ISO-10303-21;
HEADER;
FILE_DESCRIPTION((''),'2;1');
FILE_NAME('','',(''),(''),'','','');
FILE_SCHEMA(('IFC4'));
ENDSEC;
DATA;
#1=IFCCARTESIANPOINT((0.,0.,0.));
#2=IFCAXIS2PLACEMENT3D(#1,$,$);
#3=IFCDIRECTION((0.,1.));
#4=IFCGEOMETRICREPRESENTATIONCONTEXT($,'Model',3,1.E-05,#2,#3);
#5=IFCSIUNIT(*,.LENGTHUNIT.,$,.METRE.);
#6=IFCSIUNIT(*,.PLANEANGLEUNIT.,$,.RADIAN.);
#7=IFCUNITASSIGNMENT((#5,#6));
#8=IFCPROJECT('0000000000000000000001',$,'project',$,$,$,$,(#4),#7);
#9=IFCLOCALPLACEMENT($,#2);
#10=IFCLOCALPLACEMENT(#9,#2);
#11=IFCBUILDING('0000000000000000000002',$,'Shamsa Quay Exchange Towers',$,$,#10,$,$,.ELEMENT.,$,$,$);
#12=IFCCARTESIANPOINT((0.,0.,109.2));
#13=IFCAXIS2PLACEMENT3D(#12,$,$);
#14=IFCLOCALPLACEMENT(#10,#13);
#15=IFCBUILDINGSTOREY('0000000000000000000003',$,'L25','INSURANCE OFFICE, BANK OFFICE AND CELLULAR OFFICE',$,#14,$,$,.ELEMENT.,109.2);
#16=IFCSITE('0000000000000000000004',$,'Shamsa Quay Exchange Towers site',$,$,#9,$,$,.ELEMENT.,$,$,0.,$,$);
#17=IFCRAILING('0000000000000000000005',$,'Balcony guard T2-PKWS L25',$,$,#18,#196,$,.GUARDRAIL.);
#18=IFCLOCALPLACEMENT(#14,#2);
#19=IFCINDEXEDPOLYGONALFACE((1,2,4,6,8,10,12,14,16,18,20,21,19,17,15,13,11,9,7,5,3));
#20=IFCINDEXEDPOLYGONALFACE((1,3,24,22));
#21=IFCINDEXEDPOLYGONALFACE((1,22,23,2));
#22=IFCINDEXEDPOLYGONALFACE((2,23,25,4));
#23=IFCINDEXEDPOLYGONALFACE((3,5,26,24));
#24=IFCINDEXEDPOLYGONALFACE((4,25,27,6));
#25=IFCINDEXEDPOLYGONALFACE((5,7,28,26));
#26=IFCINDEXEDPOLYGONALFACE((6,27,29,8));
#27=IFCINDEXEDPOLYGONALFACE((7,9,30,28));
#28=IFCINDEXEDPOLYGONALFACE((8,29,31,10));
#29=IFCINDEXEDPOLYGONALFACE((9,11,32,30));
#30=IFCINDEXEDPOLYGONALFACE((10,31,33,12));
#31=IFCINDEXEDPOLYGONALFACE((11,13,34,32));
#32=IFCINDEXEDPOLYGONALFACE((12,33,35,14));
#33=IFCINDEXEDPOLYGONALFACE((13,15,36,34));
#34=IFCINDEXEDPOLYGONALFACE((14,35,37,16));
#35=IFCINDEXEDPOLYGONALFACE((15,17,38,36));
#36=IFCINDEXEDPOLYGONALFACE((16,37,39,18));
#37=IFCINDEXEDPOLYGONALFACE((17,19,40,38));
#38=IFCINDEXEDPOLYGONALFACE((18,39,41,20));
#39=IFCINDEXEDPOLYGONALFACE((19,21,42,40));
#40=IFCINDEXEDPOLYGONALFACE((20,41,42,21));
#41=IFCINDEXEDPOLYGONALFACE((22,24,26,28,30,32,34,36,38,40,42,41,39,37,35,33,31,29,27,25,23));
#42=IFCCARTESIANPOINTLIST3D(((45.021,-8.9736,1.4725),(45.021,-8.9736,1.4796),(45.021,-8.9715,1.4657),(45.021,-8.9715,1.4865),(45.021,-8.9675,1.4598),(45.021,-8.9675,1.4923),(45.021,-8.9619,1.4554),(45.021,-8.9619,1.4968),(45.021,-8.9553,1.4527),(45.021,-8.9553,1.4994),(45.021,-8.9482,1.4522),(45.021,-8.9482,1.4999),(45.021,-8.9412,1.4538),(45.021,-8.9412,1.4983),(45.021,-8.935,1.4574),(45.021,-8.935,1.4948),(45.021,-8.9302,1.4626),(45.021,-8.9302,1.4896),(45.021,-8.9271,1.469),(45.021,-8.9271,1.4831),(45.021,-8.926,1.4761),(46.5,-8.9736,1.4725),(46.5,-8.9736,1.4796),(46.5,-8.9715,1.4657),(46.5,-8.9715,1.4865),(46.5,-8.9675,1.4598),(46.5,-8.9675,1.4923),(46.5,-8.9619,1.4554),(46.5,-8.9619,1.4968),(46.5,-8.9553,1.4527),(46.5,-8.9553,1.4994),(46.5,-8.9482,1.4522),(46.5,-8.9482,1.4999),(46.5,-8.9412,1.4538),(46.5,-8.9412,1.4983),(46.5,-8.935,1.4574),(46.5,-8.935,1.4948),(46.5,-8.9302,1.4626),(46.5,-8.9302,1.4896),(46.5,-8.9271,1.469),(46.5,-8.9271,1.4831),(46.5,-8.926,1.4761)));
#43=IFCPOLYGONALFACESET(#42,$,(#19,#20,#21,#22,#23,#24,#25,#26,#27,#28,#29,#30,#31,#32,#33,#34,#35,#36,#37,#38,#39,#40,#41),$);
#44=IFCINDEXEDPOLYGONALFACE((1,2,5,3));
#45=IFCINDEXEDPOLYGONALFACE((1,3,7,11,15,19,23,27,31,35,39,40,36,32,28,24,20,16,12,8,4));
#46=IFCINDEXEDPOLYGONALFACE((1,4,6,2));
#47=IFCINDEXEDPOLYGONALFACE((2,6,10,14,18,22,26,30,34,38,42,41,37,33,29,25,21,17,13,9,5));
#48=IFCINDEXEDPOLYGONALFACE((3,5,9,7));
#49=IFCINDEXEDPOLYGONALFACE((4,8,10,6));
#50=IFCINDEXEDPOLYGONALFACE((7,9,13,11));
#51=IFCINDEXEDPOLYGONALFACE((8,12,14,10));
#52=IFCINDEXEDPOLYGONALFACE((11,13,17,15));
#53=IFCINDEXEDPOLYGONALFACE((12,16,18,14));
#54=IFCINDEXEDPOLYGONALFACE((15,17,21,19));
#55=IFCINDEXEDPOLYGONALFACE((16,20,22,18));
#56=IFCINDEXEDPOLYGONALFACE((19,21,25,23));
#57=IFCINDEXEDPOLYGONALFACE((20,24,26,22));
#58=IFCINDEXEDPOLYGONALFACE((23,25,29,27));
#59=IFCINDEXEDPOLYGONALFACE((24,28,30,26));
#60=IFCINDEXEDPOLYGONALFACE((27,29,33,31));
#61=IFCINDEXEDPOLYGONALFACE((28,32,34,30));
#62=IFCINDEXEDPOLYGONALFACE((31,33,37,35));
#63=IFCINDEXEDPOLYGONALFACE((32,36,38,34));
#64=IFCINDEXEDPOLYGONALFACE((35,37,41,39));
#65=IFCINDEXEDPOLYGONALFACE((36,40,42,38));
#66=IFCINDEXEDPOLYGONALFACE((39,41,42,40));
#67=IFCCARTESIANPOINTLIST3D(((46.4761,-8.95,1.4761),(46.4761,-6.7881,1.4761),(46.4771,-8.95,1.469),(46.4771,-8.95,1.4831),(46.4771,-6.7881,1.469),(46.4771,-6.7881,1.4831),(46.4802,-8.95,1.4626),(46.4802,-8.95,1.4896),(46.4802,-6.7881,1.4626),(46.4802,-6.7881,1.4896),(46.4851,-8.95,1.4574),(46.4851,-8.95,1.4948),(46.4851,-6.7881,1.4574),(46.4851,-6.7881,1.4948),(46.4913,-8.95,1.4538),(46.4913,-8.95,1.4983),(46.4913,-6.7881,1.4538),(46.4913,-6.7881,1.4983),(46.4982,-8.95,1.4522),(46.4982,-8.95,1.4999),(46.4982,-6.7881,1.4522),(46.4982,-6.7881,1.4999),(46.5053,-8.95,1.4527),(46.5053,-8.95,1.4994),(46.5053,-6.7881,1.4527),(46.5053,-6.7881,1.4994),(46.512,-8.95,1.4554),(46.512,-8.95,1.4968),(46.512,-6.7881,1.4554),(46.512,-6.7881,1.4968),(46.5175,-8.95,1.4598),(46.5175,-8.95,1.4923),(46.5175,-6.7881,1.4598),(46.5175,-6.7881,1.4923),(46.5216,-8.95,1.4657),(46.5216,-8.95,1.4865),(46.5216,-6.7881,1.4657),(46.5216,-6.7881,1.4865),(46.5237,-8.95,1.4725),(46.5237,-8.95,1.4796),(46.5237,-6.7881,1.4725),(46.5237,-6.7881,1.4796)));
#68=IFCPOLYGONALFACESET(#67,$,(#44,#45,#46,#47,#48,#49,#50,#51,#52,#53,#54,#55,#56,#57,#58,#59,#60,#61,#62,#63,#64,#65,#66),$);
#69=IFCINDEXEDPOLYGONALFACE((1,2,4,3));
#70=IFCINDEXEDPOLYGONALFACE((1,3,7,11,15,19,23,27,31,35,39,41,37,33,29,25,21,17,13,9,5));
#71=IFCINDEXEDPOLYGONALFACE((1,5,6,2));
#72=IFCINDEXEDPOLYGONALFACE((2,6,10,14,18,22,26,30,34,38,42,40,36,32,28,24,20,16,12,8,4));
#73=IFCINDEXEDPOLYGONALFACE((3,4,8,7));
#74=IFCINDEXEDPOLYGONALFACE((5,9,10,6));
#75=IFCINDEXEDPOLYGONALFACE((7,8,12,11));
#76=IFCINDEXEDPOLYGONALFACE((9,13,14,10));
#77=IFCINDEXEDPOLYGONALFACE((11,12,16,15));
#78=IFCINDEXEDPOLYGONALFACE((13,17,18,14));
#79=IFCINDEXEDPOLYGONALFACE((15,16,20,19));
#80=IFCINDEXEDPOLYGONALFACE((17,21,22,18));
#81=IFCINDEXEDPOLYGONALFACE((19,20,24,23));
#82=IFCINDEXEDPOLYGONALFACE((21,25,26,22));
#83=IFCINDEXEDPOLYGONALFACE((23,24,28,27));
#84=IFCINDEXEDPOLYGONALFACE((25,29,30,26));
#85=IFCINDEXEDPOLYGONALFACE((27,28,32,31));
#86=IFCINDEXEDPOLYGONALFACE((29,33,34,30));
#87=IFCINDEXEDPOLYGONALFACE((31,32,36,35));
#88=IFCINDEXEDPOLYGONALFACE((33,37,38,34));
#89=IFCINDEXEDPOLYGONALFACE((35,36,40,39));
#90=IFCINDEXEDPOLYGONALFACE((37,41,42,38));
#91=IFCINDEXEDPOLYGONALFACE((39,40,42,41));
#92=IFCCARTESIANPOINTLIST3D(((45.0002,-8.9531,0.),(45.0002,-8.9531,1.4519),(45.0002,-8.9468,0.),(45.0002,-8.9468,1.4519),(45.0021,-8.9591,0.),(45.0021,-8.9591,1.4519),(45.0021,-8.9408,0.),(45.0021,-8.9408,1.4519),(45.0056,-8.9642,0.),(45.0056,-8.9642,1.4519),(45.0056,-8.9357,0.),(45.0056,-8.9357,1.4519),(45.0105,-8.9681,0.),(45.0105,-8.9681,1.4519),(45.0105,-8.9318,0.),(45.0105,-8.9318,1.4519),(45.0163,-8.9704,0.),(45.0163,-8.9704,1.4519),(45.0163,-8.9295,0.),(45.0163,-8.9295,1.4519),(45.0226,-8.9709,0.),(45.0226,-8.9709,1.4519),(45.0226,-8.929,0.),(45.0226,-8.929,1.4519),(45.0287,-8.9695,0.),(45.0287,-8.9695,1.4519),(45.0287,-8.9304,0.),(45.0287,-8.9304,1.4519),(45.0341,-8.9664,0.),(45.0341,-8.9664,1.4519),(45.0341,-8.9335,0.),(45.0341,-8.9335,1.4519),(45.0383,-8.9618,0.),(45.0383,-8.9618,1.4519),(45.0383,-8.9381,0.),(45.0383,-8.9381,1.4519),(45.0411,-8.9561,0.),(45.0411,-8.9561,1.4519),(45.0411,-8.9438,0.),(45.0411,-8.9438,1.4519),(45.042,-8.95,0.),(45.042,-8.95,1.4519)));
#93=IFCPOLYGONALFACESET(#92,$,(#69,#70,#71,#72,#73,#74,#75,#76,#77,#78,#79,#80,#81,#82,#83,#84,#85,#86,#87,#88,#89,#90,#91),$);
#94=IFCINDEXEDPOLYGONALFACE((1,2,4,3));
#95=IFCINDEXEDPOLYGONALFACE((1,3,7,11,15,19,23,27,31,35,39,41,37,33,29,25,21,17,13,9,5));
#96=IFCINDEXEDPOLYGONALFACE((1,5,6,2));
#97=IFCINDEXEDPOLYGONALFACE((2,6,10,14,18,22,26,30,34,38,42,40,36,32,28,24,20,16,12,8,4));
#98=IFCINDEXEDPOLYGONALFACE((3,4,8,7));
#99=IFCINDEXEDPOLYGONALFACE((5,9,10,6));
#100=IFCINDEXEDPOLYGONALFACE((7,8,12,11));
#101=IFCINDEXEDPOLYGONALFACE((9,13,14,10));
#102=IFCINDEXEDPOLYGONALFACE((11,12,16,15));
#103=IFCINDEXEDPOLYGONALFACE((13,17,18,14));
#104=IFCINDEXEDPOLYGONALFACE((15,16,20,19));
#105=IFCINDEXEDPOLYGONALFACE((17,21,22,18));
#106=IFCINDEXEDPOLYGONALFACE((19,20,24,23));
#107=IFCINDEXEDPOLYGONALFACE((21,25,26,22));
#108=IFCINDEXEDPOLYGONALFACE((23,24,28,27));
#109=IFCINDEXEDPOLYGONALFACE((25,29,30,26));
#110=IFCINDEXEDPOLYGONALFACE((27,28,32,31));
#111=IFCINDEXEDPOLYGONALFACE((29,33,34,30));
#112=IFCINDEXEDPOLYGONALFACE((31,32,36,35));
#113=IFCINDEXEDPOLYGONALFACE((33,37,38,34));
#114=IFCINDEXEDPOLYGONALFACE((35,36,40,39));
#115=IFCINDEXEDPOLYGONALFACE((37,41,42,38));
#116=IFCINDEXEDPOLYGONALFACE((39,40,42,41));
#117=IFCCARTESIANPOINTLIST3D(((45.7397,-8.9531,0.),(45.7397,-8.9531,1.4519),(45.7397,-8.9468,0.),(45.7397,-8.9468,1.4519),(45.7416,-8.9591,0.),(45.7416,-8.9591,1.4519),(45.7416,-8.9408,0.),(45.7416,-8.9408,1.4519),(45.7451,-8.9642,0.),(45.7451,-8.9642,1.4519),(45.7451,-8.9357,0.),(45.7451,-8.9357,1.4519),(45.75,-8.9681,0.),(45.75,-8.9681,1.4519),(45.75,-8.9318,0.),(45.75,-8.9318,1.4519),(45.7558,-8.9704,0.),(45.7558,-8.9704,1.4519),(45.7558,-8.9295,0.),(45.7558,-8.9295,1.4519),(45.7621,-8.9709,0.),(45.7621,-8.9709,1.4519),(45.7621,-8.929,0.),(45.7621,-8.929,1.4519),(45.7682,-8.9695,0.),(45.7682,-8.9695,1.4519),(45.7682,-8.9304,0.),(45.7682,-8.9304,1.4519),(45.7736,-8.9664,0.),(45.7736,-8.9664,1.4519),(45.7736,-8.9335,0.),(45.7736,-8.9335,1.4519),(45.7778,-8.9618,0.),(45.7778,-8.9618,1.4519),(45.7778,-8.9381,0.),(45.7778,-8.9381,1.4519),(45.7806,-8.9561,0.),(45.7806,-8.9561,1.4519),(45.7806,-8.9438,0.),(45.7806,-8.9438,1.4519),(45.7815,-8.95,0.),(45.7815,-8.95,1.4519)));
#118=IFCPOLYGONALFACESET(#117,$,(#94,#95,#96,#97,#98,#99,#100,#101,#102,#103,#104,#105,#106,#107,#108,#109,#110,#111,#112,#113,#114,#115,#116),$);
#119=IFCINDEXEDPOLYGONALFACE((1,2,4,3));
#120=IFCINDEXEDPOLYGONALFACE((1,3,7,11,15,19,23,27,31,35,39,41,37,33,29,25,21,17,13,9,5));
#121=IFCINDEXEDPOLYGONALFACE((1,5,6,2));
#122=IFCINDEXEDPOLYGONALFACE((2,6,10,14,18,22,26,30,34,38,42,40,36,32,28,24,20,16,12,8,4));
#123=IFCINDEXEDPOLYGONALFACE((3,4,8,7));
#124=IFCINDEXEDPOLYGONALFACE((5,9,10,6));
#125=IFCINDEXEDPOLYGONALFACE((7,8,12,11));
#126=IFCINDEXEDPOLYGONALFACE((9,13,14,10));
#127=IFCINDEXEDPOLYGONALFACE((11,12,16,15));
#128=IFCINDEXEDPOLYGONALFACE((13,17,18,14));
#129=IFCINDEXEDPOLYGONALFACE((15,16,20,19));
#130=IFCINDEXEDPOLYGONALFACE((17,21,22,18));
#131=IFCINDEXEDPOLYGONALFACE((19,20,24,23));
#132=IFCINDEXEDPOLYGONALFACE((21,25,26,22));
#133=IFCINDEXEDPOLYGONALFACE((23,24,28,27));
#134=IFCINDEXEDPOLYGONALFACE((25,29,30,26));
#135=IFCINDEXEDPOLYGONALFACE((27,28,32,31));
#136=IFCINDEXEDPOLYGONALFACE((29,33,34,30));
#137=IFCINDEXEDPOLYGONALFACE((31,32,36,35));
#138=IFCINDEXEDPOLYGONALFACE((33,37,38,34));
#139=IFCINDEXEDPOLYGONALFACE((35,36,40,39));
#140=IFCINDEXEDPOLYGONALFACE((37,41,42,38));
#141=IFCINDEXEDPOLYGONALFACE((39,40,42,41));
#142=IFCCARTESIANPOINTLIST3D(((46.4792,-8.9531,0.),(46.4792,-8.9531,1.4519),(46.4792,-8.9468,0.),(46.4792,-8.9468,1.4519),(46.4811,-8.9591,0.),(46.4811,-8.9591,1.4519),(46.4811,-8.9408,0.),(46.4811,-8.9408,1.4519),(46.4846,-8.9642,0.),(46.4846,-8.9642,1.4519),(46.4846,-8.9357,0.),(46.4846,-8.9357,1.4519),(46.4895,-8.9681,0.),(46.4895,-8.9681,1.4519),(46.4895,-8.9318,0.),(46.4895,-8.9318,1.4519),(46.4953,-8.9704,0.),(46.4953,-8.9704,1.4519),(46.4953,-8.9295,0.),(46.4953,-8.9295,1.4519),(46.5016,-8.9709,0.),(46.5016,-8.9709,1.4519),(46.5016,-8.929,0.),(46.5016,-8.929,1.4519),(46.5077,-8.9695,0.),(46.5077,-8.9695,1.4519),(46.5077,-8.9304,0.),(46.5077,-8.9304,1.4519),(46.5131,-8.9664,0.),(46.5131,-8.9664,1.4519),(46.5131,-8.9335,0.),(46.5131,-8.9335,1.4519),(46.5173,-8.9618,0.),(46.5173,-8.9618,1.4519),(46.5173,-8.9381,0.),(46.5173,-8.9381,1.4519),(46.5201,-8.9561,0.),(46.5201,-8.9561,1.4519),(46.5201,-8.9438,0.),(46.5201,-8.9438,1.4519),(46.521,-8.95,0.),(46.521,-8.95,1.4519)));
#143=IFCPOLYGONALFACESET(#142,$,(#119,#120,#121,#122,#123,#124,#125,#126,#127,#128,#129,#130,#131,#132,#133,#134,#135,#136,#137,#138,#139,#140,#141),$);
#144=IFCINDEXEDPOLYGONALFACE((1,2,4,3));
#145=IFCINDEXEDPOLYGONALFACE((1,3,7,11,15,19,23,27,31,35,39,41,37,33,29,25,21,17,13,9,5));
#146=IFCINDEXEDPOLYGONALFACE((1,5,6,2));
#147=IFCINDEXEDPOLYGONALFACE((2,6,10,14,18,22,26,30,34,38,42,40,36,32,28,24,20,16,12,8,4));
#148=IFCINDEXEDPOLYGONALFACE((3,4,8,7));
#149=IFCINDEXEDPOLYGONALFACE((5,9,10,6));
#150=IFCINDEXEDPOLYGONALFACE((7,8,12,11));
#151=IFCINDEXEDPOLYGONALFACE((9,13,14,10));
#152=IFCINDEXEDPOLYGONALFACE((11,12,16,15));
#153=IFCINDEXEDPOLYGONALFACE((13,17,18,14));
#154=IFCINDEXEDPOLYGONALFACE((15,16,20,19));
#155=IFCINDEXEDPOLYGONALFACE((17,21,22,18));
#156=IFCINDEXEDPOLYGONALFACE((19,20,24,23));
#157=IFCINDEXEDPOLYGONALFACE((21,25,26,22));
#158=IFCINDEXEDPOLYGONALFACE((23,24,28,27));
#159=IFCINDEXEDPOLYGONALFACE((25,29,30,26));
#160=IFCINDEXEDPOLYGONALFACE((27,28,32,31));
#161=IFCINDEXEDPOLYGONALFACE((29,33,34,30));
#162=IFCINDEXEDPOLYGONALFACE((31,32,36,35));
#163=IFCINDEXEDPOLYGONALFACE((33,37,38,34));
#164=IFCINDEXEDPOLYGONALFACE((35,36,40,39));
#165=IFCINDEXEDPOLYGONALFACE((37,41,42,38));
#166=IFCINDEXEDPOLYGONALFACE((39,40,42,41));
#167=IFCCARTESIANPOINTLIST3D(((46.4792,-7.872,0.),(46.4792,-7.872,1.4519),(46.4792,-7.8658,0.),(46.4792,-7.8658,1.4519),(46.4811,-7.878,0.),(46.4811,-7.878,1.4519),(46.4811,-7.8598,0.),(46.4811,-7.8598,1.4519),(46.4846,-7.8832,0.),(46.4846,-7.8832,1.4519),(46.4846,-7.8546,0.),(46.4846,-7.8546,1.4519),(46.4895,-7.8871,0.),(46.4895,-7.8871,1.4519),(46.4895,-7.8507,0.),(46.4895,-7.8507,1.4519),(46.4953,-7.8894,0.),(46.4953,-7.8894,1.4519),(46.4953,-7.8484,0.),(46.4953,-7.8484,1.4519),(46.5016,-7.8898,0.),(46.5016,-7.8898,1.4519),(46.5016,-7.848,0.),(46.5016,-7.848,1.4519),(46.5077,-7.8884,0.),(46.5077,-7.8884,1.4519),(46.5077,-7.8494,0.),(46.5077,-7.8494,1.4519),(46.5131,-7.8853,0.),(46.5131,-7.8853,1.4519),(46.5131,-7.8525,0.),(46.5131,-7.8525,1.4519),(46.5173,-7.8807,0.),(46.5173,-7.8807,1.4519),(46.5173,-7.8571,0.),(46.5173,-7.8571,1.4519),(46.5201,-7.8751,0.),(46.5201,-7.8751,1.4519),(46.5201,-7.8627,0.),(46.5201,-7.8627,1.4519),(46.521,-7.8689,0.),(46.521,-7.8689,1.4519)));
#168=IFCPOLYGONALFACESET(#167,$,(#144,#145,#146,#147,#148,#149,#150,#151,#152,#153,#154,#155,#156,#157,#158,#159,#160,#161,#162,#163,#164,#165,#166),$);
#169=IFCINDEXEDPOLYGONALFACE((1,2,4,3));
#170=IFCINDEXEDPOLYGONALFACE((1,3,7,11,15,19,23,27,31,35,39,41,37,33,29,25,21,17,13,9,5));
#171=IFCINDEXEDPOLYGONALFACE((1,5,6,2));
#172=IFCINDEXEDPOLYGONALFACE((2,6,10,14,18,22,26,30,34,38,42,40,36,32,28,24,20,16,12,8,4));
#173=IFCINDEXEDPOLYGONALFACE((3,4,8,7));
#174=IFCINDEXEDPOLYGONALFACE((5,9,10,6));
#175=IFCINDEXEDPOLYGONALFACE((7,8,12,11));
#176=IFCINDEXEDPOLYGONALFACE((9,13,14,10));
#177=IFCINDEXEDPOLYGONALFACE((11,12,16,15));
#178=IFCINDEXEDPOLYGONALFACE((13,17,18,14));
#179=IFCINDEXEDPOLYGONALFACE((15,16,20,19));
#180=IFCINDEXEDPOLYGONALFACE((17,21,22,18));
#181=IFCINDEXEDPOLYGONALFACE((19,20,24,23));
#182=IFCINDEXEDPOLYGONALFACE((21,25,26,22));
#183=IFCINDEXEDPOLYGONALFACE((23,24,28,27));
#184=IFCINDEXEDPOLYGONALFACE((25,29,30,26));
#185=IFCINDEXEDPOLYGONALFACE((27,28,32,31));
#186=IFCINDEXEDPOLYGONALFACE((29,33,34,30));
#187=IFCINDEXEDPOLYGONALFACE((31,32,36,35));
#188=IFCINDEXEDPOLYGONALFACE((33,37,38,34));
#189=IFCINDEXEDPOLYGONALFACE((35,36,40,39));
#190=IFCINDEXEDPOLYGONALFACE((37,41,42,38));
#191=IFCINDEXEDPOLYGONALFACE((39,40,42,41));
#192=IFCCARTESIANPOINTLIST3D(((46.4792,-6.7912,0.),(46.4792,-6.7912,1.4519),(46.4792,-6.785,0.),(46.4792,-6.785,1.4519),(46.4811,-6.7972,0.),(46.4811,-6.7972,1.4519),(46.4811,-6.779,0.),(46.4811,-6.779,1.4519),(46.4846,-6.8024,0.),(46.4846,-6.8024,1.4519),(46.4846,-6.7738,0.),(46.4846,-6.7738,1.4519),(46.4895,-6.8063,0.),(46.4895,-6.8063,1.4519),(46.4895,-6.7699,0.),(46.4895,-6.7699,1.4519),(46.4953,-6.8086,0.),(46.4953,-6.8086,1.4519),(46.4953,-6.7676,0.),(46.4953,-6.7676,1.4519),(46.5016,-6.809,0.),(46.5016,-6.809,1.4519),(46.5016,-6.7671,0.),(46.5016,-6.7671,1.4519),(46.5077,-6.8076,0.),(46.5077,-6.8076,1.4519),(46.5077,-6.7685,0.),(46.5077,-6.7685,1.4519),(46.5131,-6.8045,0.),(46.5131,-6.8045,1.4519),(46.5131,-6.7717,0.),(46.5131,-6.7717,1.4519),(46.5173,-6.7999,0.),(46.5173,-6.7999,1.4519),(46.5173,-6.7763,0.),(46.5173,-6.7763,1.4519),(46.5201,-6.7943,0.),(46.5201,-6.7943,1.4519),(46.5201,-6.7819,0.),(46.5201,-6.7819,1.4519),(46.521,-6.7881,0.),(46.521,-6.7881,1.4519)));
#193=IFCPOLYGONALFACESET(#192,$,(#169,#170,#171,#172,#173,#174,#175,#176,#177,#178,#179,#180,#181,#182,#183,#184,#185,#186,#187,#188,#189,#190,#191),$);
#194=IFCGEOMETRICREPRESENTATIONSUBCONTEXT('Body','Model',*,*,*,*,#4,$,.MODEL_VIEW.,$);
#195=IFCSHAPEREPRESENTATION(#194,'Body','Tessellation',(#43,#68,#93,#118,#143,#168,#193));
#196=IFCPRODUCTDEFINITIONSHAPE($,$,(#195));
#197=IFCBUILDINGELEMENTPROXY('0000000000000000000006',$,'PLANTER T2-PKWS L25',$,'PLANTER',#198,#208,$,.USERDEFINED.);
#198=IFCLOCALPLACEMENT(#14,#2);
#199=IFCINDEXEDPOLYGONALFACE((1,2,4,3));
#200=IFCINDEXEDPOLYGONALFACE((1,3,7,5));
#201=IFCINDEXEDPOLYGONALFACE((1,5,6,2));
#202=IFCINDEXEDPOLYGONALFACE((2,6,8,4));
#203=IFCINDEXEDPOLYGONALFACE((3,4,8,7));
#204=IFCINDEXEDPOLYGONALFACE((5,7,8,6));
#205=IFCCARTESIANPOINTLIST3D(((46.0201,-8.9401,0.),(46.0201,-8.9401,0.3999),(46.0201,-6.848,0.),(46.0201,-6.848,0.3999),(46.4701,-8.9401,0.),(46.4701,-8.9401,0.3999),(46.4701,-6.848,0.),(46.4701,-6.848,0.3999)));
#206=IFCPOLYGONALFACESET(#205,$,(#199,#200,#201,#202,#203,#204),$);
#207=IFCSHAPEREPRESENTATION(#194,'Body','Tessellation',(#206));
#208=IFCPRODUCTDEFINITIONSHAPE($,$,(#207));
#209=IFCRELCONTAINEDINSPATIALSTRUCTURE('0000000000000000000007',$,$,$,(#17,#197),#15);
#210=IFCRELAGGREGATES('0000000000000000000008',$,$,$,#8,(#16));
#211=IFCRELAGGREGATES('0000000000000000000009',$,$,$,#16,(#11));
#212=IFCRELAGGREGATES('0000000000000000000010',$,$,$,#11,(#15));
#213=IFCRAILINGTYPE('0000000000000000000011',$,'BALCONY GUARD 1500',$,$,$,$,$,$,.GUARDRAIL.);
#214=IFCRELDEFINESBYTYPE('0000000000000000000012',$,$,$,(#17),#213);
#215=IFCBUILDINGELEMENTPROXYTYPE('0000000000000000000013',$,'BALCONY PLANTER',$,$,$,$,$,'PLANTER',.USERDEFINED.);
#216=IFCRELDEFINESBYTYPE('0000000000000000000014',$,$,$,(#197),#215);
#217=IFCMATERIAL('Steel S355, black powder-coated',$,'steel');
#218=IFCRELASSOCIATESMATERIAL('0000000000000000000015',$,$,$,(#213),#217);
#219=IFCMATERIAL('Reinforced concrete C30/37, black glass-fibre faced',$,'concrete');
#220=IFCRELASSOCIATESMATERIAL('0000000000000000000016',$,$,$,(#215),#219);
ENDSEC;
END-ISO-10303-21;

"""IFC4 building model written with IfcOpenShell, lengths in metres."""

from ifc_helpers import new_model, si_unit, direction, frame, origin, origin_2d, place, context, subcontext, project, spatial, rectangle, circle, extrude, material, type_object, element, save


model = new_model("IFC4")

# Units and contexts
model_context = context("Model", 3, precision=1e-05, world=origin(), true_north=direction((0.0, 1.0)))
body_context = subcontext(model_context, "Body", "Model", "MODEL_VIEW")
ifc_project = project(units=[si_unit("LENGTHUNIT", "METRE"), si_unit("PLANEANGLEUNIT", "RADIAN")], contexts=[model_context])

# Site, building, storey
site_placement = place(None, origin())
site = spatial("IfcSite", under=ifc_project, at=site_placement, Name="Shamsa Quay Exchange Towers site", CompositionType="ELEMENT", RefElevation=0.0)
building_placement = place(site_placement, origin())
building = spatial("IfcBuilding", under=site, at=building_placement, Name="Shamsa Quay Exchange Towers", CompositionType="ELEMENT")
storey_placement = place(building_placement, frame((0.0, 0.0, 109.2)))
storey = spatial("IfcBuildingStorey", under=building, at=storey_placement, Name="L25", Description="INSURANCE OFFICE, BANK OFFICE AND CELLULAR OFFICE", CompositionType="ELEMENT", Elevation=109.2)

# Railing
ifc_material_1 = material(Name="Steel S355, black powder-coated", Category="steel")
railing_type_1 = type_object("IfcRailingType", Name="BALCONY GUARD 1500", PredefinedType="GUARDRAIL", material=ifc_material_1)
railing_1_placement = place(storey_placement, frame((45.021, -8.95, 0.0)))
element("IfcRailing", 1, at=railing_1_placement, inside=storey, type_object=railing_type_1, Name="Balcony guard T2-PKWS L25", PredefinedType="GUARDRAIL", context=body_context, shape_type="SweptSolid", body=[
    extrude(circle(Radius=0.0239, at=origin_2d()), frame((0.0, 0.0, 1.4761), z_axis=(1.0, 0.0, 0.0), x_axis=(0.0, 1.0, 0.0)), (0.0, 0.0, 1.0), 1.479),
    extrude(circle(Radius=0.0239, at=origin_2d()), frame((1.479, 0.0, 1.4761), z_axis=(0.0, 1.0, 0.0), x_axis=(-1.0, 0.0, 0.0)), (0.0, 0.0, 1.0), 2.1619),
    extrude(circle(Radius=0.021, at=origin_2d()), origin(), (0.0, 0.0, 1.0), 1.4519),
    extrude(circle(Radius=0.021, at=origin_2d()), frame((0.7395, 0.0, 0.0)), (0.0, 0.0, 1.0), 1.4519),
    extrude(circle(Radius=0.021, at=origin_2d()), frame((1.479, 0.0, 0.0)), (0.0, 0.0, 1.0), 1.4519),
    extrude(circle(Radius=0.021, at=origin_2d()), frame((1.479, 1.0811, 0.0)), (0.0, 0.0, 1.0), 1.4519),
    extrude(circle(Radius=0.021, at=origin_2d()), frame((1.479, 2.1619, 0.0)), (0.0, 0.0, 1.0), 1.4519),
])

# Building element proxy
ifc_material_2 = material(Name="Reinforced concrete C30/37, black glass-fibre faced", Category="concrete")
building_element_proxy_type = type_object("IfcBuildingElementProxyType", Name="BALCONY PLANTER", ElementType="PLANTER", PredefinedType="USERDEFINED", material=ifc_material_2)
proxy_placement = place(storey_placement, frame((46.2451, -7.894, 0.0), z_axis=(0.0, 0.0, 1.0), x_axis=(0.0, 1.0, 0.0)))
element("IfcBuildingElementProxy", 2, at=proxy_placement, inside=storey, type_object=building_element_proxy_type, Name="PLANTER T2-PKWS L25", ObjectType="PLANTER", PredefinedType="USERDEFINED", context=body_context, shape_type="SweptSolid", body=[
    extrude(rectangle(XDim=2.092, YDim=0.45, at=origin_2d()), origin(), (0.0, 0.0, 1.0), 0.3999),
])

save(model, "model.ifc")
